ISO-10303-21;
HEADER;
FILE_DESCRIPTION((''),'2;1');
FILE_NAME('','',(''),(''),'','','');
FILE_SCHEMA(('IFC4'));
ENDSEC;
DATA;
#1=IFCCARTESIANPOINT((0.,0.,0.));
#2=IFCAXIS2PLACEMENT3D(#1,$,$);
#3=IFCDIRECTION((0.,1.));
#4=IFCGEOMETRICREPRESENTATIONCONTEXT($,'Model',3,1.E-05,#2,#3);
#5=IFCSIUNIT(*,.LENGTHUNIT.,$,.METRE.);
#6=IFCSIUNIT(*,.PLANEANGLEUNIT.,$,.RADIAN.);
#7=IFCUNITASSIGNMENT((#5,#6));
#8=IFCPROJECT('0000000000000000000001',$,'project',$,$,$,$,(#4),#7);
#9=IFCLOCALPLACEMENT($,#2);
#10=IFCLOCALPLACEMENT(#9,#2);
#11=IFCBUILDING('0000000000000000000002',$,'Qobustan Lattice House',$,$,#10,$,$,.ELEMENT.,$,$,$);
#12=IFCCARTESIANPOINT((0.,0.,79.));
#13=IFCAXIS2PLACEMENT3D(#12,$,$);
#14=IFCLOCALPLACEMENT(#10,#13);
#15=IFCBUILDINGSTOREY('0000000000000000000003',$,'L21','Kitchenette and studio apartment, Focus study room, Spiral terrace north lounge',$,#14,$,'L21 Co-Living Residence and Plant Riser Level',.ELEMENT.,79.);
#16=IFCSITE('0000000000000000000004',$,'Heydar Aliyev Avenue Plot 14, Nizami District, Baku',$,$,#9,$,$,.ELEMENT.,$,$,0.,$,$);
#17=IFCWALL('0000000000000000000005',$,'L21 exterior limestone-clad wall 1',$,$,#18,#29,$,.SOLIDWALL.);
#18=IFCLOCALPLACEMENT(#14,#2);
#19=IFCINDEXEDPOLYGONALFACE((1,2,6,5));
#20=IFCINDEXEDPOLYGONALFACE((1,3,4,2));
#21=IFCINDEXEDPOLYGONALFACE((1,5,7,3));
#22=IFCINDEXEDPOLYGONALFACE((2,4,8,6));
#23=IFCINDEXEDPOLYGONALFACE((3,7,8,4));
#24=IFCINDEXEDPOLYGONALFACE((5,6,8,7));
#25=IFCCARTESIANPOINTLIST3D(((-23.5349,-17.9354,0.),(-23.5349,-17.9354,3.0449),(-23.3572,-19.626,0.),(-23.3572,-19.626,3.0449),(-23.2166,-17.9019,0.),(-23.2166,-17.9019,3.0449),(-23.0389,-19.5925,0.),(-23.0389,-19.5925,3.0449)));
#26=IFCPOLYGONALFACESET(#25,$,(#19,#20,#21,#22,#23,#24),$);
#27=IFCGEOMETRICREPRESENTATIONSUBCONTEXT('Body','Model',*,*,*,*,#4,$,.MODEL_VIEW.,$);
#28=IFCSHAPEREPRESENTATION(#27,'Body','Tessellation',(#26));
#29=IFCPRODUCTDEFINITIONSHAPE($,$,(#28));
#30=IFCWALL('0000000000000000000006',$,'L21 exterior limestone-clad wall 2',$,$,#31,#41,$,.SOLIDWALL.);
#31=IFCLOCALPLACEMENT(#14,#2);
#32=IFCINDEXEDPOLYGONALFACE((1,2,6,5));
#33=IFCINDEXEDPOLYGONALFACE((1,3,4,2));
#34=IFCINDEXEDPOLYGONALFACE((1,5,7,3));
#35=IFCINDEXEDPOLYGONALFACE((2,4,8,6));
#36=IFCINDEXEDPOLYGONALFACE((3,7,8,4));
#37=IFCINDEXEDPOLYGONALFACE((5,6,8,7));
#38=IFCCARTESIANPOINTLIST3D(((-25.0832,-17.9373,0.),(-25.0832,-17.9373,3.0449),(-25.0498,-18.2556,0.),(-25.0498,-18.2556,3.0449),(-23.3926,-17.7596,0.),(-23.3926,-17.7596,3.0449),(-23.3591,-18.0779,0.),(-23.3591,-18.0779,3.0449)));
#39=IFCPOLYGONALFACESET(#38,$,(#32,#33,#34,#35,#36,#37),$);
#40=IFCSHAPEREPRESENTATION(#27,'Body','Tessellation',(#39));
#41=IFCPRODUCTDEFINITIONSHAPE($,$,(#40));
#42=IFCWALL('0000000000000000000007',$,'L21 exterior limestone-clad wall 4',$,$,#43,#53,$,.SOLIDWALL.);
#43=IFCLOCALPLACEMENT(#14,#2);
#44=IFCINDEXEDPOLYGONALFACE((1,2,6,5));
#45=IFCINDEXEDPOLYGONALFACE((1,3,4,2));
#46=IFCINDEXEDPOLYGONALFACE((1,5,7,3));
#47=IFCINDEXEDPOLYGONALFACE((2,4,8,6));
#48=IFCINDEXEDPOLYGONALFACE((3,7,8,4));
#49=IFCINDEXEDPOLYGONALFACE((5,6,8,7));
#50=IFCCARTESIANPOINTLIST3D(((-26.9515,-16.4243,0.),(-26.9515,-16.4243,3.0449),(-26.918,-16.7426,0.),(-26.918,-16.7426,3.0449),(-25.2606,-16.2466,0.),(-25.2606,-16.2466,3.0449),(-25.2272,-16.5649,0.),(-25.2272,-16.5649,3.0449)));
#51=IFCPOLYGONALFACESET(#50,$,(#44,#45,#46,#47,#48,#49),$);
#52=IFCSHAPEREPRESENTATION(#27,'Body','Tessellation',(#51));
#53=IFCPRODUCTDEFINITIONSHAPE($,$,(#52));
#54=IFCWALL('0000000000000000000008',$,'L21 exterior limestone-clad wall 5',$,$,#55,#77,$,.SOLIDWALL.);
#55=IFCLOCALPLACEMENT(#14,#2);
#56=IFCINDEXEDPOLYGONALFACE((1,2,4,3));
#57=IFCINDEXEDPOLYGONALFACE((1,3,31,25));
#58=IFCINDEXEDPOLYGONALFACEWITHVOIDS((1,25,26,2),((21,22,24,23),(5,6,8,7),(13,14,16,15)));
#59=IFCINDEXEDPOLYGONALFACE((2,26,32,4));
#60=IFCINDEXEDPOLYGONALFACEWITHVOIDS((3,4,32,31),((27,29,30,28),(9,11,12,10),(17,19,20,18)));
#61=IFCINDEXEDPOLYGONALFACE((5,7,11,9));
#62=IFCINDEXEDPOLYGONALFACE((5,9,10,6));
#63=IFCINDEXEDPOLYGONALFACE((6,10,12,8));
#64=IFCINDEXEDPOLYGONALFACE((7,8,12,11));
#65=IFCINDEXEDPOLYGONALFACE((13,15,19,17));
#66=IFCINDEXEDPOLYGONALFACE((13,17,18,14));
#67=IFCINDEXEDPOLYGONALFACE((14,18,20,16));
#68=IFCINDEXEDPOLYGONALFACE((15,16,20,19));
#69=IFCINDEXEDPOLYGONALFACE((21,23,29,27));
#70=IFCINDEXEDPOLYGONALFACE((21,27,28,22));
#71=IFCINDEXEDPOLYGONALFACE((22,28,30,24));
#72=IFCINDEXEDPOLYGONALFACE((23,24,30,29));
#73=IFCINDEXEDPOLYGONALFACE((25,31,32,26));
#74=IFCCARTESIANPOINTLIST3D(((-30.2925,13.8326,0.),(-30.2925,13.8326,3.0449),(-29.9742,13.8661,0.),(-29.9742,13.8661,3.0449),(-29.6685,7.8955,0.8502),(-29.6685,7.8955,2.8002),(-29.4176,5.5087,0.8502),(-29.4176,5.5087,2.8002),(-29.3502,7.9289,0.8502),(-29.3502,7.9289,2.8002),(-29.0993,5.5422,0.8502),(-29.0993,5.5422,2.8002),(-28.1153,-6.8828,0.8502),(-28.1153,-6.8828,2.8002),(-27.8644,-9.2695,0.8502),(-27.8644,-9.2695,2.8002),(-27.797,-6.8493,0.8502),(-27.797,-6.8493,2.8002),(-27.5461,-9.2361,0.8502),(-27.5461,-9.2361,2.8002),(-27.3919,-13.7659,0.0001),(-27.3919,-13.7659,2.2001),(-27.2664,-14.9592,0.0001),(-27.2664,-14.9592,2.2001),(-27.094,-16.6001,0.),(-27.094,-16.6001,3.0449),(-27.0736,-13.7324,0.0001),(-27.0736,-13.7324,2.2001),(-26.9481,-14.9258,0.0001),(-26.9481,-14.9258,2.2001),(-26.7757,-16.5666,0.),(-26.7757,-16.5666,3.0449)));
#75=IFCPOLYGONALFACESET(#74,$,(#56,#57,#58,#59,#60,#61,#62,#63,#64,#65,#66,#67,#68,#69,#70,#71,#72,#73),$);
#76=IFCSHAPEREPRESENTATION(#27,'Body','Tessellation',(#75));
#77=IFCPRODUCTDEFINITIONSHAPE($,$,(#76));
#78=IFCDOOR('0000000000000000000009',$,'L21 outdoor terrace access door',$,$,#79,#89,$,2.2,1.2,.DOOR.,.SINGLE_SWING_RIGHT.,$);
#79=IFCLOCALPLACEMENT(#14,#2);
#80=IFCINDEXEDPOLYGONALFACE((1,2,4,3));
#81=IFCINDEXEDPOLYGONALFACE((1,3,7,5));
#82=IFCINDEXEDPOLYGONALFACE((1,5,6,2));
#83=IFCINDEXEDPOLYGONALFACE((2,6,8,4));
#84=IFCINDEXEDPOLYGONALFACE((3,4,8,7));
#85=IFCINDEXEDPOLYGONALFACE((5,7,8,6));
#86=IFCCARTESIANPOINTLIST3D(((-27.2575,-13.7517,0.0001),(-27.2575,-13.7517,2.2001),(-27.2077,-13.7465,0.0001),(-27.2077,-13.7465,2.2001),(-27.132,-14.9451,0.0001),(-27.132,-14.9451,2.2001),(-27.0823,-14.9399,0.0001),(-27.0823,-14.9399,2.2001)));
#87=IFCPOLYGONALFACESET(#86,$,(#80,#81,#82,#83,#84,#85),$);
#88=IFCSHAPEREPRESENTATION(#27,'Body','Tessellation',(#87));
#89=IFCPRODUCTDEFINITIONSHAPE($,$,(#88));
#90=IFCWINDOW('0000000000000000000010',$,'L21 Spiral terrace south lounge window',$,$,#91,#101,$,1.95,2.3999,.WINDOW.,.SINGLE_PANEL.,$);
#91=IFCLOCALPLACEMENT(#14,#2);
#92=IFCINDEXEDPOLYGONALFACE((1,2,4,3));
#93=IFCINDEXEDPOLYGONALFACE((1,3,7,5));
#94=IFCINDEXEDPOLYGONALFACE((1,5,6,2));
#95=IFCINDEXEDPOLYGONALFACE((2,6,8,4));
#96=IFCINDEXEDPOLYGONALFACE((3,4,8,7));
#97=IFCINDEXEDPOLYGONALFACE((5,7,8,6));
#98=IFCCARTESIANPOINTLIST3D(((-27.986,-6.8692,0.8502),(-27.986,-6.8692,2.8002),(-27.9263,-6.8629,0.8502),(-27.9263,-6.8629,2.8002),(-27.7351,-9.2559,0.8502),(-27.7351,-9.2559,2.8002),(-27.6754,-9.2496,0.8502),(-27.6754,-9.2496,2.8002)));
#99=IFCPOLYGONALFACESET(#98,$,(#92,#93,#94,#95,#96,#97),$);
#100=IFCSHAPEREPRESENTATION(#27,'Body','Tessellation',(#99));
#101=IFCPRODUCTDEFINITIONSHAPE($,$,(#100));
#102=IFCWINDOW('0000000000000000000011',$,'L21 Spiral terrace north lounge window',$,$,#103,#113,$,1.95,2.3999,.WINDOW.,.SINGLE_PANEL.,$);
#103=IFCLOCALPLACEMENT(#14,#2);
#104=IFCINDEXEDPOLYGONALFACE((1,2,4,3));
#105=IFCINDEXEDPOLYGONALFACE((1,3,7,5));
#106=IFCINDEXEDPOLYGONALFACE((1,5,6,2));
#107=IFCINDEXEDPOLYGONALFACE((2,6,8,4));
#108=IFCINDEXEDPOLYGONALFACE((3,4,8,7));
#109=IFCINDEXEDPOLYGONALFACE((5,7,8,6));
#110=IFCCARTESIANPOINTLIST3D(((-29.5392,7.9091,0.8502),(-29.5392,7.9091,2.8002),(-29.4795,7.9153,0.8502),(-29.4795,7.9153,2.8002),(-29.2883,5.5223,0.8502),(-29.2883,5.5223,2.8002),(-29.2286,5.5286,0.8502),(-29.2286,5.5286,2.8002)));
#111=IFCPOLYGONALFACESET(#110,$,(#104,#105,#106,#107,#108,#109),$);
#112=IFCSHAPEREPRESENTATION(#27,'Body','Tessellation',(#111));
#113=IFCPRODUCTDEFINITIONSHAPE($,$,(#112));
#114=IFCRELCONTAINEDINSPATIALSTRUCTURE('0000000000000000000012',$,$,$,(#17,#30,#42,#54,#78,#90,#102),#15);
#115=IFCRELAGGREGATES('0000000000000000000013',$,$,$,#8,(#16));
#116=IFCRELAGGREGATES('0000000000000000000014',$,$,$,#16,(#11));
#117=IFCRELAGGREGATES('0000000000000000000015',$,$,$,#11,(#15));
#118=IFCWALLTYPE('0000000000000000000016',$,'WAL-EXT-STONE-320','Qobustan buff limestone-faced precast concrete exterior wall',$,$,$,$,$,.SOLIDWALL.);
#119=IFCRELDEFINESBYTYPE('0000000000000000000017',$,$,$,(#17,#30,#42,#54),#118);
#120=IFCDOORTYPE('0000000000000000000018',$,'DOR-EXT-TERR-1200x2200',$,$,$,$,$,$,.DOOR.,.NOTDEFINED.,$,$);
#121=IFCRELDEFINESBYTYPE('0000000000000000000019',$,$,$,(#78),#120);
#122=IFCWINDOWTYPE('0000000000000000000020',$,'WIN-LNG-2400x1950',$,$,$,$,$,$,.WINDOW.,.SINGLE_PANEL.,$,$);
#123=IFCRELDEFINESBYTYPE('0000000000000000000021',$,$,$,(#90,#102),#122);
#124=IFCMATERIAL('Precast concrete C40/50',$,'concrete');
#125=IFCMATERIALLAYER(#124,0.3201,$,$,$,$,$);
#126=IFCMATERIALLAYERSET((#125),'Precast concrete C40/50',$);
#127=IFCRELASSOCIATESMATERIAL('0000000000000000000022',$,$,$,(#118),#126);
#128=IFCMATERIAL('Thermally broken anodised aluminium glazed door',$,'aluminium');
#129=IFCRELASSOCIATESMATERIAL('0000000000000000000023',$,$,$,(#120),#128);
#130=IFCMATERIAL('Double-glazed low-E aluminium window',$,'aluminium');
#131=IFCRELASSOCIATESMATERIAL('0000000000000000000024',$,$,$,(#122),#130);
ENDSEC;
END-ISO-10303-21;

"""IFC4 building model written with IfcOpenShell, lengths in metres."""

from ifc_helpers import new_model, si_unit, direction, frame, frame_2d, origin, place, context, subcontext, project, spatial, rectangle, extrude, material, layer, layer_set, type_object, element, fill, save


model = new_model("IFC4")

# Units and contexts
model_context = context("Model", 3, precision=1e-05, world=origin(), true_north=direction((0.0, 1.0)))
body_context = subcontext(model_context, "Body", "Model", "MODEL_VIEW")
ifc_project = project(units=[si_unit("LENGTHUNIT", "METRE"), si_unit("PLANEANGLEUNIT", "RADIAN")], contexts=[model_context])

# Site, building, storey
site_placement = place(None, origin())
site = spatial("IfcSite", under=ifc_project, at=site_placement, Name="Heydar Aliyev Avenue Plot 14, Nizami District, Baku", CompositionType="ELEMENT", RefElevation=0.0)
building_placement = place(site_placement, origin())
building = spatial("IfcBuilding", under=site, at=building_placement, Name="Qobustan Lattice House", CompositionType="ELEMENT")
storey_placement = place(building_placement, frame((0.0, 0.0, 79.0)))
storey = spatial("IfcBuildingStorey", under=building, at=storey_placement, Name="L21", Description="Kitchenette and studio apartment, Focus study room, Spiral terrace north lounge", LongName="L21 Co-Living Residence and Plant Riser Level", CompositionType="ELEMENT", Elevation=79.0)

# Walls
ifc_material_1 = material(Name="Precast concrete C40/50", Category="concrete")
ifc_layer_1 = layer(ifc_material_1, 0.3201)
ifc_layer_set_1 = layer_set([ifc_layer_1], Name="Precast concrete C40/50")
wall_type = type_object("IfcWallType", Name="WAL-EXT-STONE-320", Description="Qobustan buff limestone-faced precast concrete exterior wall", PredefinedType="SOLIDWALL", material=ifc_layer_set_1)
for number, where, z_axis, x_axis, name in (
    (1, (-23.198, -19.6094, 0.0), (0.0, 0.0, 1.0), (-0.10455, 0.99452, 0.0), "L21 exterior limestone-clad wall 1"),
    (2, (-23.3757, -17.9187, 0.0), (0.0, 0.0, 1.0), (-0.99452, -0.10455, 0.0), "L21 exterior limestone-clad wall 2"),
):
    element("IfcWall", number, at=place(storey_placement, frame(where, z_axis=z_axis, x_axis=x_axis)), inside=storey, type_object=wall_type, Name=name, PredefinedType="SOLIDWALL", context=body_context, shape_type="SweptSolid", body=[
        extrude(rectangle(XDim=1.7, YDim=0.3201, at=frame_2d((0.8501, 0.0))), origin(), (0.0, 0.0, 1.0), 3.0449),
    ])
wall_1_placement = place(storey_placement, frame((-25.2439, -16.4058, 0.0), z_axis=(0.0, 0.0, 1.0), x_axis=(-0.994521, -0.104535, 0.0)))
element("IfcWall", 3, at=wall_1_placement, inside=storey, type_object=wall_type, Name="L21 exterior limestone-clad wall 4", PredefinedType="SOLIDWALL", context=body_context, shape_type="SweptSolid", body=[
    extrude(rectangle(XDim=1.7002, YDim=0.3201, at=frame_2d((0.8501, 0.0))), origin(), (0.0, 0.0, 1.0), 3.0449),
])

# Wall, openings, door, windows
wall_2_placement = place(storey_placement, frame((-26.9348, -16.5835, 0.0), z_axis=(0.0, 0.0, 1.0), x_axis=(-0.104525, 0.994522, 0.0)))
wall_2 = element("IfcWall", 4, at=wall_2_placement, inside=storey, type_object=wall_type, Name="L21 exterior limestone-clad wall 5", PredefinedType="SOLIDWALL", context=body_context, shape_type="SweptSolid", body=[
    extrude(rectangle(XDim=30.6003, YDim=0.3201, at=frame_2d((15.3003, 0.0))), origin(), (0.0, 0.0, 1.0), 3.0449),
])
opening_1_placement = place(wall_2_placement, frame((1.6499, 0.0, 0.0)))
opening_1 = element("IfcOpeningElement", 5, at=opening_1_placement, cuts=wall_2, PredefinedType="OPENING", context=body_context, shape_type="SweptSolid", body=[
    extrude(rectangle(XDim=1.2, YDim=2.2, at=frame_2d((0.6001, 1.1001))), frame((0.0, 0.1699, 0.0), z_axis=(0.0, -1.0, 0.0), x_axis=(1.0, 0.0, 0.0)), (0.0, 0.0, 1.0), 0.3401),
])
opening_2_placement = place(wall_2_placement, frame((7.3711, 0.0, 0.8501)))
opening_2 = element("IfcOpeningElement", 6, at=opening_2_placement, cuts=wall_2, PredefinedType="OPENING", context=body_context, shape_type="SweptSolid", body=[
    extrude(rectangle(XDim=2.3999, YDim=1.95, at=frame_2d((1.2, 0.9751))), frame((0.0, 0.1699, 0.0), z_axis=(0.0, -1.0, 0.0), x_axis=(1.0, 0.0, 0.0)), (0.0, 0.0, 1.0), 0.3401),
])
opening_3_placement = place(wall_2_placement, frame((22.2307, 0.0, 0.8501)))
opening_3 = element("IfcOpeningElement", 7, at=opening_3_placement, cuts=wall_2, PredefinedType="OPENING", context=body_context, shape_type="SweptSolid", body=[
    extrude(rectangle(XDim=2.3999, YDim=1.95, at=frame_2d((1.2, 0.9751))), frame((0.0, 0.1699, 0.0), z_axis=(0.0, -1.0, 0.0), x_axis=(1.0, 0.0, 0.0)), (0.0, 0.0, 1.0), 0.3401),
])
ifc_material_2 = material(Name="Thermally broken anodised aluminium glazed door", Category="aluminium")
door_type = type_object("IfcDoorType", Name="DOR-EXT-TERR-1200x2200", OperationType="NOTDEFINED", PredefinedType="DOOR", material=ifc_material_2)
door_placement = place(opening_1_placement, origin())
door = element("IfcDoor", 8, at=door_placement, inside=storey, type_object=door_type, Name="L21 outdoor terrace access door", OperationType="SINGLE_SWING_RIGHT", OverallHeight=2.2, OverallWidth=1.2, PredefinedType="DOOR", context=body_context, shape_type="SweptSolid", body=[
    extrude(rectangle(XDim=1.2, YDim=2.2, at=frame_2d((0.6001, 1.1001))), frame((0.0, 0.0249, 0.0), z_axis=(0.0, -1.0, 0.0), x_axis=(1.0, 0.0, 0.0)), (0.0, 0.0, 1.0), 0.05),
])
fill(opening_1, door)
ifc_material_3 = material(Name="Double-glazed low-E aluminium window", Category="aluminium")
window_type = type_object("IfcWindowType", Name="WIN-LNG-2400x1950", PartitioningType="SINGLE_PANEL", PredefinedType="WINDOW", material=ifc_material_3)
window_1_placement = place(opening_2_placement, origin())
window_1 = element("IfcWindow", 9, at=window_1_placement, inside=storey, type_object=window_type, Name="L21 Spiral terrace south lounge window", OverallHeight=1.95, OverallWidth=2.3999, PartitioningType="SINGLE_PANEL", PredefinedType="WINDOW", context=body_context, shape_type="SweptSolid", body=[
    extrude(rectangle(XDim=2.3999, YDim=1.95, at=frame_2d((1.2, 0.9751))), frame((0.0, 0.03, 0.0), z_axis=(0.0, -1.0, 0.0), x_axis=(1.0, 0.0, 0.0)), (0.0, 0.0, 1.0), 0.0601),
])
fill(opening_2, window_1)
window_2_placement = place(opening_3_placement, origin())
window_2 = element("IfcWindow", 10, at=window_2_placement, inside=storey, type_object=window_type, Name="L21 Spiral terrace north lounge window", OverallHeight=1.95, OverallWidth=2.3999, PartitioningType="SINGLE_PANEL", PredefinedType="WINDOW", context=body_context, shape_type="SweptSolid", body=[
    extrude(rectangle(XDim=2.3999, YDim=1.95, at=frame_2d((1.2, 0.9751))), frame((0.0, 0.03, 0.0), z_axis=(0.0, -1.0, 0.0), x_axis=(1.0, 0.0, 0.0)), (0.0, 0.0, 1.0), 0.0601),
])
fill(opening_3, window_2)

save(model, "model.ifc")
